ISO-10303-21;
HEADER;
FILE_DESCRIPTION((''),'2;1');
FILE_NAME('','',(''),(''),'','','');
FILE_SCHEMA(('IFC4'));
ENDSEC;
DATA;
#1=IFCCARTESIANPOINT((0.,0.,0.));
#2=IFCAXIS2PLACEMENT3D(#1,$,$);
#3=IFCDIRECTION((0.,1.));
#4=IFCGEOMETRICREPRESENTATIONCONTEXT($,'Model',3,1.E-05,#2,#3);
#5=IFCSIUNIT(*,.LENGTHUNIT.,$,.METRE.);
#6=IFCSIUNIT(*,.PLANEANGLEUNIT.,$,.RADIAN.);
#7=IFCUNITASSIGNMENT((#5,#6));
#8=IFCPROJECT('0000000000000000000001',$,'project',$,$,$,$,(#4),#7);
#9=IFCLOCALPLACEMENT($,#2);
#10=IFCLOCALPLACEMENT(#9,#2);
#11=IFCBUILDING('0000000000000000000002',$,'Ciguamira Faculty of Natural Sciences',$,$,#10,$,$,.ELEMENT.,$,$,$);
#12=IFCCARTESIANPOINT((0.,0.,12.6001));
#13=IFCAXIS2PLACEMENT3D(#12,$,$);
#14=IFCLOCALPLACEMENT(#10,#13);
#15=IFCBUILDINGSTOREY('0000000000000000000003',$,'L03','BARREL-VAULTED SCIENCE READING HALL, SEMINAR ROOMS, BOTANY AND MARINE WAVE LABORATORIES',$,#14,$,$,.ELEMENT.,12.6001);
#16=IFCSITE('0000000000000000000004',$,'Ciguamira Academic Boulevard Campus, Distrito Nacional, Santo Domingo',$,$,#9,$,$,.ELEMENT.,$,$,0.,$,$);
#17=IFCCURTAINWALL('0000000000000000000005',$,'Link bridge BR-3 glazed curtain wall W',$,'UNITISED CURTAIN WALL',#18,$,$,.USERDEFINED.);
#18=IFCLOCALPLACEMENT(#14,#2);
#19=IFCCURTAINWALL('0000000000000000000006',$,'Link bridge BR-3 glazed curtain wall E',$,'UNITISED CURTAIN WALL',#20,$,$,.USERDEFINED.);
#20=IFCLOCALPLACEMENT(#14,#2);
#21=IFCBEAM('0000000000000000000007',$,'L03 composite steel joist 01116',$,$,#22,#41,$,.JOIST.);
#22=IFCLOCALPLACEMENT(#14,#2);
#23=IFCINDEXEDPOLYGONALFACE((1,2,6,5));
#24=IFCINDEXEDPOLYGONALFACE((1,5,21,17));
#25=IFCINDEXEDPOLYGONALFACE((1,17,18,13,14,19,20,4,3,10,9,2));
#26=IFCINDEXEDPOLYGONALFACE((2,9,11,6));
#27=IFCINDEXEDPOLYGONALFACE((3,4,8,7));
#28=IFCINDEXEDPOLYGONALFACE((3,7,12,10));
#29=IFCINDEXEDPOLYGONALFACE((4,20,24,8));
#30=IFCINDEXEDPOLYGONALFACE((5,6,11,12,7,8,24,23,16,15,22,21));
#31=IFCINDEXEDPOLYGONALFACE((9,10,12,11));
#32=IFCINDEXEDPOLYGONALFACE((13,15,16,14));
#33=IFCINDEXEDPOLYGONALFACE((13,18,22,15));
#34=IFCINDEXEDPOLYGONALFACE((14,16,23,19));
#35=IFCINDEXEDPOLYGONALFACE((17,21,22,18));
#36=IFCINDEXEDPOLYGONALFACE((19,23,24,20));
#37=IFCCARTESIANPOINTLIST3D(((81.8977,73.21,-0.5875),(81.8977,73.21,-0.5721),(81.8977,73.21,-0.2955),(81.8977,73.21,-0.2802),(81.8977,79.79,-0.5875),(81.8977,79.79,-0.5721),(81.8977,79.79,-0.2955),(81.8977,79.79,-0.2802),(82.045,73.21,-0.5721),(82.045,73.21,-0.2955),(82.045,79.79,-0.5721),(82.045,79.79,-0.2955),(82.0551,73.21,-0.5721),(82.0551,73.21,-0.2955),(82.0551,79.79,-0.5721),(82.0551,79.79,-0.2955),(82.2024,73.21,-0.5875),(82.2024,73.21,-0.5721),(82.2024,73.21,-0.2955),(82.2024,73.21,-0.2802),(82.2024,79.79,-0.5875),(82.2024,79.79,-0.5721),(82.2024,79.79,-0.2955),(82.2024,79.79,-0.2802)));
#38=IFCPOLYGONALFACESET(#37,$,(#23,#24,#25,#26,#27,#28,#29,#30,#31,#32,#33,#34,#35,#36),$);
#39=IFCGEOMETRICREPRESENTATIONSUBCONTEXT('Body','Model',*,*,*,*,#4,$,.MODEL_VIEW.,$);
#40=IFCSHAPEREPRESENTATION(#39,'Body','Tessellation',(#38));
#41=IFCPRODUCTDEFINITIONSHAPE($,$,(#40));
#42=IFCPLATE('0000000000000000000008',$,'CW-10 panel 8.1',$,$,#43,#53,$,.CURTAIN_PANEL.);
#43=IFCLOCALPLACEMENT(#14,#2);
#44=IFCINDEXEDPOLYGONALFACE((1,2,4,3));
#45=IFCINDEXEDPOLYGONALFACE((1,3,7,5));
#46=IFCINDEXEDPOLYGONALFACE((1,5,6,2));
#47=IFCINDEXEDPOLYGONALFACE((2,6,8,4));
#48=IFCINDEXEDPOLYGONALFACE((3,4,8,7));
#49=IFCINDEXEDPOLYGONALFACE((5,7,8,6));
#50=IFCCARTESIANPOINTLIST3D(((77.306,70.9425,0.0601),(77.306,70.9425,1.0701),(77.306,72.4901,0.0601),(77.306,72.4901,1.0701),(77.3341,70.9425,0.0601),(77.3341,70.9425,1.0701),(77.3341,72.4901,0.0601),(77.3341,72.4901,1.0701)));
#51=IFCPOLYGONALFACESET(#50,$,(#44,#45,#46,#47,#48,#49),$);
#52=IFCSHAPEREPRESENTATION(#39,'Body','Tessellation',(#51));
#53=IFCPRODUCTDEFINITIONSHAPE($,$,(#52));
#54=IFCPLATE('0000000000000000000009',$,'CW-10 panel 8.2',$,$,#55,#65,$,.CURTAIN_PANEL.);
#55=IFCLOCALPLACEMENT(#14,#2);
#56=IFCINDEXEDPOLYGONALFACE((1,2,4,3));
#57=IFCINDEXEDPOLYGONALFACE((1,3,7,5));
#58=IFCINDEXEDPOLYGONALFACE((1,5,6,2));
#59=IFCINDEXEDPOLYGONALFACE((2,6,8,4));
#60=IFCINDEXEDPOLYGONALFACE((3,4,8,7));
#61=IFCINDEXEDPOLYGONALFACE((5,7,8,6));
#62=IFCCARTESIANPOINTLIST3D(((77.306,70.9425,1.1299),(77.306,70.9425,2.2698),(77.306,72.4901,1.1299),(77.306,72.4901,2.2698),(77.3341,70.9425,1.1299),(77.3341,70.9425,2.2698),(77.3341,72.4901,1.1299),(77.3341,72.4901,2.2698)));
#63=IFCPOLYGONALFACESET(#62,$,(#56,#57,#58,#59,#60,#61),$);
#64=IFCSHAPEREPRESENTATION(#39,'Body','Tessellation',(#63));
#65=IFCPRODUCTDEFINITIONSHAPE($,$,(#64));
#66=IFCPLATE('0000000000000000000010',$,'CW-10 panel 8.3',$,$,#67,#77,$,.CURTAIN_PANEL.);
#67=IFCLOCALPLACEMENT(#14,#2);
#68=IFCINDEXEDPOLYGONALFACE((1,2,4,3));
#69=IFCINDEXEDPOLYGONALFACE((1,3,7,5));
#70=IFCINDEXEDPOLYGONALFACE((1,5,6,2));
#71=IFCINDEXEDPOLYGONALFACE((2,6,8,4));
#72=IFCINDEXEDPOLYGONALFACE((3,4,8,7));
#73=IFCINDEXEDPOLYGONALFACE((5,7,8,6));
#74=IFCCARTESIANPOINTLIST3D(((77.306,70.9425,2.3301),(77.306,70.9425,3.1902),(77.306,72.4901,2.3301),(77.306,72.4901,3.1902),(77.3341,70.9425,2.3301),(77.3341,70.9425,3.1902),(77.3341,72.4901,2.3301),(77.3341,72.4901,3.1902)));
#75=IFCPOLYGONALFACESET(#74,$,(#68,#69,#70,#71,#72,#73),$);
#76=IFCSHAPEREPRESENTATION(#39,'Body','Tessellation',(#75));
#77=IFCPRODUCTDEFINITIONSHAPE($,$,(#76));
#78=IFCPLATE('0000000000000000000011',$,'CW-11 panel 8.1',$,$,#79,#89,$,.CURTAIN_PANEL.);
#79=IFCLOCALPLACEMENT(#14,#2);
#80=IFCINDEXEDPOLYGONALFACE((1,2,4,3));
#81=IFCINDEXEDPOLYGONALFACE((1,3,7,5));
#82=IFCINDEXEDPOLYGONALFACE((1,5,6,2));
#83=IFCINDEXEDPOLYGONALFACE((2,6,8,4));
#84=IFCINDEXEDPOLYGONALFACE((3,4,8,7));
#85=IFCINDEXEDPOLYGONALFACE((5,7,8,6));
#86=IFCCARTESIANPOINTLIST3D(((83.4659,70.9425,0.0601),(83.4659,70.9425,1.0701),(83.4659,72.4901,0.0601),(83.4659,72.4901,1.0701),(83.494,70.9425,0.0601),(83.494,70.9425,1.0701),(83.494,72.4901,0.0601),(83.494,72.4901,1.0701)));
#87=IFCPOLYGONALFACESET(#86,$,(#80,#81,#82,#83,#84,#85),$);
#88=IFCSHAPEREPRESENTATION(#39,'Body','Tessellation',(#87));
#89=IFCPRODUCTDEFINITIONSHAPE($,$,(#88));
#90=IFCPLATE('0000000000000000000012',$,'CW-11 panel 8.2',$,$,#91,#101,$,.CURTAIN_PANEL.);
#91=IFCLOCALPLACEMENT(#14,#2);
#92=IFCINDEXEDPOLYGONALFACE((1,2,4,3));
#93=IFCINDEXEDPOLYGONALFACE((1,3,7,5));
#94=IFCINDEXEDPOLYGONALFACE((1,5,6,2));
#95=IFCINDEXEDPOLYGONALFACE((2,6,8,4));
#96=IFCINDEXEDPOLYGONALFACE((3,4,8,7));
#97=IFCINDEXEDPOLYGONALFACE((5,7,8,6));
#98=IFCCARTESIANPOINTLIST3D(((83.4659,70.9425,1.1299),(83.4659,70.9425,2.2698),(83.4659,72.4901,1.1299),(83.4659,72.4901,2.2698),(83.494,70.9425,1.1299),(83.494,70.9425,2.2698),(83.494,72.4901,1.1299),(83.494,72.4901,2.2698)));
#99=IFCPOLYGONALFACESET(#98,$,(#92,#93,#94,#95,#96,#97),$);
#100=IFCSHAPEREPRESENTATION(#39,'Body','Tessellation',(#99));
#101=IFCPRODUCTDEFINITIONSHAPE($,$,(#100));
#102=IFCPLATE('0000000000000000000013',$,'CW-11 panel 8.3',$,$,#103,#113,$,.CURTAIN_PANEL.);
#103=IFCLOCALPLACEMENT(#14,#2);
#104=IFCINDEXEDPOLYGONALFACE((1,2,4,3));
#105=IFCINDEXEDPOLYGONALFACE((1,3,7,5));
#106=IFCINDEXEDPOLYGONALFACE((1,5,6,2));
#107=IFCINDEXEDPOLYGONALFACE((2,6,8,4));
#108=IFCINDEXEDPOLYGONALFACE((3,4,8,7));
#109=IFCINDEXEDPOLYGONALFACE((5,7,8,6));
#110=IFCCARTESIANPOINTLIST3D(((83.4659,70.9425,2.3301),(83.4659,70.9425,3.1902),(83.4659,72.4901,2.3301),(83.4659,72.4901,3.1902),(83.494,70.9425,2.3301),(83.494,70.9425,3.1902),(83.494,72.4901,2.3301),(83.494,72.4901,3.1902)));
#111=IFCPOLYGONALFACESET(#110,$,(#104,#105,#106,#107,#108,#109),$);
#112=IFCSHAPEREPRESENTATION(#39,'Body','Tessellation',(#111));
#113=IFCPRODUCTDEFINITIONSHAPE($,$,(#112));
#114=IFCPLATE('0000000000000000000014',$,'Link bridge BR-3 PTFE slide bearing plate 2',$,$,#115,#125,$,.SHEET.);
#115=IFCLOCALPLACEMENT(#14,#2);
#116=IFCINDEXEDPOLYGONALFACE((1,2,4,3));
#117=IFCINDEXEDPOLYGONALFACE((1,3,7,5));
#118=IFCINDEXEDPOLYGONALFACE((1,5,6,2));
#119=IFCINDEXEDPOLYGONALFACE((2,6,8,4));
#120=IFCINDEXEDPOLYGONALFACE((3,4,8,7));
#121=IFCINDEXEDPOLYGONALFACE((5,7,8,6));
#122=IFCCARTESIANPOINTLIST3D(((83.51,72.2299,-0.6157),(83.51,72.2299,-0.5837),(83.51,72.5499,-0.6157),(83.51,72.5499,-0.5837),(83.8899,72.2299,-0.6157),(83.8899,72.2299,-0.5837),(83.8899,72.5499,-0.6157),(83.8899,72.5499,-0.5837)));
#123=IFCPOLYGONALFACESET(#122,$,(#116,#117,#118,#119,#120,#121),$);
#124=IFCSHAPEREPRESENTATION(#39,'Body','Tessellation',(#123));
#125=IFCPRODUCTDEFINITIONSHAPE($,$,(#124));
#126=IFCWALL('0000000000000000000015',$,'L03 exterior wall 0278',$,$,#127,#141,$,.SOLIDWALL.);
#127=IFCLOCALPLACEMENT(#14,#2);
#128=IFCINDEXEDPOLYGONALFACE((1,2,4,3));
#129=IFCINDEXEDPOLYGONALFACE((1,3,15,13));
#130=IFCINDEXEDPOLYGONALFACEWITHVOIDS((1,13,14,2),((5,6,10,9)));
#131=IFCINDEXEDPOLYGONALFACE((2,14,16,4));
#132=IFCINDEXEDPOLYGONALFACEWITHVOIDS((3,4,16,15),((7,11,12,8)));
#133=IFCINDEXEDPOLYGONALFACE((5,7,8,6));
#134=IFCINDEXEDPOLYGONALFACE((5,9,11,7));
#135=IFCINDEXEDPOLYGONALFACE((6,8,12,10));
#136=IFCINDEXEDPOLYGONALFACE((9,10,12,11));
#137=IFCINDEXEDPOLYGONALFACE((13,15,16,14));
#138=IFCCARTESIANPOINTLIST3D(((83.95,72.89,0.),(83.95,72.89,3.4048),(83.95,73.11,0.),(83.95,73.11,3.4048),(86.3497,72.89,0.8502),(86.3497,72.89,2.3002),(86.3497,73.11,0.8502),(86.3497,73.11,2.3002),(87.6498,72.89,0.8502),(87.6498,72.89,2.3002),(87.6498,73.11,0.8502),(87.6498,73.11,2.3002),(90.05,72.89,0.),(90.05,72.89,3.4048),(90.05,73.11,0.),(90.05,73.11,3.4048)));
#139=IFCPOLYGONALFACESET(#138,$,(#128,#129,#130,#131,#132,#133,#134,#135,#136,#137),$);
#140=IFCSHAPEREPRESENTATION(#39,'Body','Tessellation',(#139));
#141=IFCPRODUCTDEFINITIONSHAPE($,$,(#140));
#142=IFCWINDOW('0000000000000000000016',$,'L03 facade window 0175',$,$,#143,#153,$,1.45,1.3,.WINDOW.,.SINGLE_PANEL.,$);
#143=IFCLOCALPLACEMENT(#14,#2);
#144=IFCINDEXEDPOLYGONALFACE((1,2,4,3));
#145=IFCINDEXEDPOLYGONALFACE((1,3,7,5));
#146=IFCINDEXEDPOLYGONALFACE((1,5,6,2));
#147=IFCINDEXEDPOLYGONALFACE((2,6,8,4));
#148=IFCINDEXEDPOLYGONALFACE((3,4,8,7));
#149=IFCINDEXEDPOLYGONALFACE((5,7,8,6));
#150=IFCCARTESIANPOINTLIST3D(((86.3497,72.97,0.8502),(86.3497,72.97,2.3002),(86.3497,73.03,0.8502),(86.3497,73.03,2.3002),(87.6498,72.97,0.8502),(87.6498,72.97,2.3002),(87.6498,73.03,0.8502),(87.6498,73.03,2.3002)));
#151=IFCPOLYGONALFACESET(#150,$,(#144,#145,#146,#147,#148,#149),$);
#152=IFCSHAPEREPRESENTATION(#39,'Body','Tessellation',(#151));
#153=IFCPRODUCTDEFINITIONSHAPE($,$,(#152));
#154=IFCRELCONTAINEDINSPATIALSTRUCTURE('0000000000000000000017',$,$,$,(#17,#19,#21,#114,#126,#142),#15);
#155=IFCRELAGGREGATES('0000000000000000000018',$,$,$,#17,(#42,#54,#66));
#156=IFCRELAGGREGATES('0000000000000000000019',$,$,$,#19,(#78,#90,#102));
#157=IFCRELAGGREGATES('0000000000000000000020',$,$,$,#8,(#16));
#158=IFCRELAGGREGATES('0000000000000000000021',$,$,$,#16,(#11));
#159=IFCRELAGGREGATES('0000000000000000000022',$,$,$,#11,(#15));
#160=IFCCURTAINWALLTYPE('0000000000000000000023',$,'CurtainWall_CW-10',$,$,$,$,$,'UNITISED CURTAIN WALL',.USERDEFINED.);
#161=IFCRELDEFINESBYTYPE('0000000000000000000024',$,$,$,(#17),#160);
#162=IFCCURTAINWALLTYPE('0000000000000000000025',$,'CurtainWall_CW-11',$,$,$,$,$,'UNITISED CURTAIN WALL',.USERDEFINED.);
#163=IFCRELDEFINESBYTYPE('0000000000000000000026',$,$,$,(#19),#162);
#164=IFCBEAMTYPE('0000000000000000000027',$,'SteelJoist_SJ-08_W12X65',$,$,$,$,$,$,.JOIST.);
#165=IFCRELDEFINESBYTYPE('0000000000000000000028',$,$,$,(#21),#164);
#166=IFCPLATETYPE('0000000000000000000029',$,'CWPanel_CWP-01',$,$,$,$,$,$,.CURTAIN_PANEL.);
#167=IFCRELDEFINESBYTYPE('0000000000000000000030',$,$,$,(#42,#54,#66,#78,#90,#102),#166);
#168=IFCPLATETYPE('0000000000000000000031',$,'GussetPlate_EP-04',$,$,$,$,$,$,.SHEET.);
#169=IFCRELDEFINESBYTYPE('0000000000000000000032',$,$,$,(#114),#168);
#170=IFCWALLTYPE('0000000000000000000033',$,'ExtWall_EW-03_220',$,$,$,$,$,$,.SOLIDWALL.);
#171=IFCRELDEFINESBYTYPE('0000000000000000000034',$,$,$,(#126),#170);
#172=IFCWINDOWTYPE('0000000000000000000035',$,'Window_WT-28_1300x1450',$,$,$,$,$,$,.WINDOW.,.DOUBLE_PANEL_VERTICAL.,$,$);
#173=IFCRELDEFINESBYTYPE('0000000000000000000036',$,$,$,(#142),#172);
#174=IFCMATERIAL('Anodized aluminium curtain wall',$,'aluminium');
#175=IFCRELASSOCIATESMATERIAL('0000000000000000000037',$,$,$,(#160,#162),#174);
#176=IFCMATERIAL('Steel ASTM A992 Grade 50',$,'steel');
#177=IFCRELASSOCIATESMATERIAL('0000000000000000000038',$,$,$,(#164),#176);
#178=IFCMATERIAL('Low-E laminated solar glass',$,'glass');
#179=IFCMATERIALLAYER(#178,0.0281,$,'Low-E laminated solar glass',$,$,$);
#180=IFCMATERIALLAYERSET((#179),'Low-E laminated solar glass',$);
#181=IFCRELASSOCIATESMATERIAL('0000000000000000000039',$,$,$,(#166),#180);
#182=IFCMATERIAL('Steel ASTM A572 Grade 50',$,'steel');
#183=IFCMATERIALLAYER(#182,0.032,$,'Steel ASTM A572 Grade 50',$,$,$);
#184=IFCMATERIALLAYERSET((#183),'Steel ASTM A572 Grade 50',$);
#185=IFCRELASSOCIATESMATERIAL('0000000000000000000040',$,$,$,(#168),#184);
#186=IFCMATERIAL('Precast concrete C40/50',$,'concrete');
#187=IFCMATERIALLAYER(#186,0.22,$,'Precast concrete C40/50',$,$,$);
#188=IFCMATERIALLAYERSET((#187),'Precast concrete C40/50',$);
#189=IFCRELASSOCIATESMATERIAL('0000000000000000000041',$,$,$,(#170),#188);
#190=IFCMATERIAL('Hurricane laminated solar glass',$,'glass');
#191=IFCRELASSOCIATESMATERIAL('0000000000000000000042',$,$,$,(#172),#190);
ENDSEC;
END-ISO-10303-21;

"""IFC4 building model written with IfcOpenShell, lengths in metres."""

from ifc_helpers import new_model, si_unit, direction, frame, frame_2d, origin, origin_2d, place, context, subcontext, project, spatial, rectangle, i_section, extrude, material, layer, layer_set, material_profile, profile_set, type_object, element, fill, aggregate, save


model = new_model("IFC4")

# Units and contexts
model_context = context("Model", 3, precision=1e-05, world=origin(), true_north=direction((0.0, 1.0)))
body_context = subcontext(model_context, "Body", "Model", "MODEL_VIEW")
ifc_project = project(units=[si_unit("LENGTHUNIT", "METRE"), si_unit("PLANEANGLEUNIT", "RADIAN")], contexts=[model_context])

# Site, building, storey
site_placement = place(None, origin())
site = spatial("IfcSite", under=ifc_project, at=site_placement, Name="Ciguamira Academic Boulevard Campus, Distrito Nacional, Santo Domingo", CompositionType="ELEMENT", RefElevation=0.0)
building_placement = place(site_placement, origin())
building = spatial("IfcBuilding", under=site, at=building_placement, Name="Ciguamira Faculty of Natural Sciences", CompositionType="ELEMENT")
storey_placement = place(building_placement, frame((0.0, 0.0, 12.6001)))
storey = spatial("IfcBuildingStorey", under=building, at=storey_placement, Name="L03", Description="BARREL-VAULTED SCIENCE READING HALL, SEMINAR ROOMS, BOTANY AND MARINE WAVE LABORATORIES", CompositionType="ELEMENT", Elevation=12.6001)

# Curtain wall
ifc_material_1 = material(Name="Anodized aluminium curtain wall", Category="aluminium")
curtain_wall_type_1 = type_object("IfcCurtainWallType", Name="CurtainWall_CW-10", ElementType="UNITISED CURTAIN WALL", PredefinedType="USERDEFINED", material=ifc_material_1)
curtain_wall_1_placement = place(storey_placement, origin())
curtain_wall_1 = element("IfcCurtainWall", 1, at=curtain_wall_1_placement, inside=storey, type_object=curtain_wall_type_1, Name="Link bridge BR-3 glazed curtain wall W", ObjectType="UNITISED CURTAIN WALL", PredefinedType="USERDEFINED")

# Curtain wall
curtain_wall_type_2 = type_object("IfcCurtainWallType", Name="CurtainWall_CW-11", ElementType="UNITISED CURTAIN WALL", PredefinedType="USERDEFINED", material=ifc_material_1)
curtain_wall_2_placement = place(storey_placement, origin())
curtain_wall_2 = element("IfcCurtainWall", 2, at=curtain_wall_2_placement, inside=storey, type_object=curtain_wall_type_2, Name="Link bridge BR-3 glazed curtain wall E", ObjectType="UNITISED CURTAIN WALL", PredefinedType="USERDEFINED")

# Beam
ifc_material_2 = material(Name="Steel ASTM A992 Grade 50", Category="steel")
ifc_material_profile_1 = material_profile(ifc_material_2, i_section(OverallWidth=0.3047, OverallDepth=0.3074, WebThickness=0.01, FlangeThickness=0.0154, at=origin_2d()), Name="W12X65")
ifc_profile_set_1 = profile_set([ifc_material_profile_1], Name="Steel ASTM A992 Grade 50")
beam_type_1 = type_object("IfcBeamType", Name="SteelJoist_SJ-08_W12X65", PredefinedType="JOIST", material=ifc_profile_set_1)
beam_1_placement = place(storey_placement, frame((82.05, 73.21, -0.4338), z_axis=(0.0, 1.0, 0.0), x_axis=(-1.0, 0.0, 0.0)))
element("IfcBeam", 3, at=beam_1_placement, inside=storey, type_object=beam_type_1, Name="L03 composite steel joist 01116", PredefinedType="JOIST", context=body_context, shape_type="SweptSolid", body=[
    extrude(i_section(OverallWidth=0.3047, OverallDepth=0.3074, WebThickness=0.01, FlangeThickness=0.0154, at=origin_2d()), origin(), (0.0, 0.0, 1.0), 6.5801),
])

# Plates
ifc_material_3 = material(Name="Low-E laminated solar glass", Category="glass")
ifc_layer_1 = layer(ifc_material_3, 0.0281, Name="Low-E laminated solar glass")
ifc_layer_set_1 = layer_set([ifc_layer_1], Name="Low-E laminated solar glass")
plate_type_1 = type_object("IfcPlateType", Name="CWPanel_CWP-01", PredefinedType="CURTAIN_PANEL", material=ifc_layer_set_1)
plate_1_placement = place(storey_placement, frame((77.3201, 71.7163, 0.0601), z_axis=(0.0, 0.0, 1.0), x_axis=(0.0, 1.0, 0.0)))
plate_1 = element("IfcPlate", 4, at=plate_1_placement, type_object=plate_type_1, Name="CW-10 panel 8.1", PredefinedType="CURTAIN_PANEL", context=body_context, shape_type="SweptSolid", body=[
    extrude(rectangle(XDim=1.5476, YDim=0.0281, at=origin_2d()), origin(), (0.0, 0.0, 1.0), 1.01),
])
plate_2_placement = place(storey_placement, frame((77.3201, 71.7163, 1.1299), z_axis=(0.0, 0.0, 1.0), x_axis=(0.0, 1.0, 0.0)))
plate_2 = element("IfcPlate", 5, at=plate_2_placement, type_object=plate_type_1, Name="CW-10 panel 8.2", PredefinedType="CURTAIN_PANEL", context=body_context, shape_type="SweptSolid", body=[
    extrude(rectangle(XDim=1.5476, YDim=0.0281, at=origin_2d()), origin(), (0.0, 0.0, 1.0), 1.1399),
])
plate_3_placement = place(storey_placement, frame((77.3201, 71.7163, 2.3301), z_axis=(0.0, 0.0, 1.0), x_axis=(0.0, 1.0, 0.0)))
plate_3 = element("IfcPlate", 6, at=plate_3_placement, type_object=plate_type_1, Name="CW-10 panel 8.3", PredefinedType="CURTAIN_PANEL", context=body_context, shape_type="SweptSolid", body=[
    extrude(rectangle(XDim=1.5476, YDim=0.0281, at=origin_2d()), origin(), (0.0, 0.0, 1.0), 0.8601),
])
aggregate(curtain_wall_1, [plate_1, plate_2, plate_3])
plate_4_placement = place(storey_placement, frame((83.48, 71.7163, 0.0601), z_axis=(0.0, 0.0, 1.0), x_axis=(0.0, 1.0, 0.0)))
plate_4 = element("IfcPlate", 7, at=plate_4_placement, type_object=plate_type_1, Name="CW-11 panel 8.1", PredefinedType="CURTAIN_PANEL", context=body_context, shape_type="SweptSolid", body=[
    extrude(rectangle(XDim=1.5476, YDim=0.0281, at=origin_2d()), origin(), (0.0, 0.0, 1.0), 1.01),
])
plate_5_placement = place(storey_placement, frame((83.48, 71.7163, 1.1299), z_axis=(0.0, 0.0, 1.0), x_axis=(0.0, 1.0, 0.0)))
plate_5 = element("IfcPlate", 8, at=plate_5_placement, type_object=plate_type_1, Name="CW-11 panel 8.2", PredefinedType="CURTAIN_PANEL", context=body_context, shape_type="SweptSolid", body=[
    extrude(rectangle(XDim=1.5476, YDim=0.0281, at=origin_2d()), origin(), (0.0, 0.0, 1.0), 1.1399),
])
plate_6_placement = place(storey_placement, frame((83.48, 71.7163, 2.3301), z_axis=(0.0, 0.0, 1.0), x_axis=(0.0, 1.0, 0.0)))
plate_6 = element("IfcPlate", 9, at=plate_6_placement, type_object=plate_type_1, Name="CW-11 panel 8.3", PredefinedType="CURTAIN_PANEL", context=body_context, shape_type="SweptSolid", body=[
    extrude(rectangle(XDim=1.5476, YDim=0.0281, at=origin_2d()), origin(), (0.0, 0.0, 1.0), 0.8601),
])
aggregate(curtain_wall_2, [plate_4, plate_5, plate_6])
ifc_material_4 = material(Name="Steel ASTM A572 Grade 50", Category="steel")
ifc_layer_2 = layer(ifc_material_4, 0.032, Name="Steel ASTM A572 Grade 50")
ifc_layer_set_2 = layer_set([ifc_layer_2], Name="Steel ASTM A572 Grade 50")
plate_type_2 = type_object("IfcPlateType", Name="GussetPlate_EP-04", PredefinedType="SHEET", material=ifc_layer_set_2)
plate_7_placement = place(storey_placement, frame((83.7, 72.3899, -0.6157), z_axis=(0.0, 0.0, 1.0), x_axis=(1.0, 0.0, 0.0)))
element("IfcPlate", 10, at=plate_7_placement, inside=storey, type_object=plate_type_2, Name="Link bridge BR-3 PTFE slide bearing plate 2", PredefinedType="SHEET", context=body_context, shape_type="SweptSolid", body=[
    extrude(rectangle(XDim=0.3799, YDim=0.3201, at=origin_2d()), origin(), (0.0, 0.0, 1.0), 0.032),
])

# Shared definitions
ifc_material_5 = material(Name="Precast concrete C40/50", Category="concrete")
ifc_layer_3 = layer(ifc_material_5, 0.22, Name="Precast concrete C40/50")
ifc_layer_set_3 = layer_set([ifc_layer_3], Name="Precast concrete C40/50")
wall_type = type_object("IfcWallType", Name="ExtWall_EW-03_220", PredefinedType="SOLIDWALL", material=ifc_layer_set_3)

# Wall, opening, window
wall_1_placement = place(storey_placement, frame((83.95, 73.0, 0.0), z_axis=(0.0, 0.0, 1.0), x_axis=(1.0, 0.0, 0.0)))
wall_1 = element("IfcWall", 11, at=wall_1_placement, inside=storey, type_object=wall_type, Name="L03 exterior wall 0278", PredefinedType="SOLIDWALL", context=body_context, shape_type="SweptSolid", body=[
    extrude(rectangle(XDim=6.1001, YDim=0.22, at=frame_2d((3.05, 0.0))), origin(), (0.0, 0.0, 1.0), 3.4048),
])
opening_1_placement = place(wall_1_placement, frame((2.3999, 0.0, 0.8501)))
opening_1 = element("IfcOpeningElement", 12, at=opening_1_placement, cuts=wall_1, PredefinedType="OPENING", context=body_context, shape_type="SweptSolid", body=[
    extrude(rectangle(XDim=1.3, YDim=1.45, at=frame_2d((0.6499, 0.7251))), frame((0.0, 0.1199, 0.0), z_axis=(0.0, -1.0, 0.0), x_axis=(1.0, 0.0, 0.0)), (0.0, 0.0, 1.0), 0.24),
])
ifc_material_6 = material(Name="Hurricane laminated solar glass", Category="glass")
window_type = type_object("IfcWindowType", Name="Window_WT-28_1300x1450", PartitioningType="DOUBLE_PANEL_VERTICAL", PredefinedType="WINDOW", material=ifc_material_6)
window_placement = place(opening_1_placement, origin())
window = element("IfcWindow", 13, at=window_placement, inside=storey, type_object=window_type, Name="L03 facade window 0175", OverallHeight=1.45, OverallWidth=1.3, PartitioningType="SINGLE_PANEL", PredefinedType="WINDOW", context=body_context, shape_type="SweptSolid", body=[
    extrude(rectangle(XDim=1.3, YDim=1.45, at=frame_2d((0.6499, 0.7251))), frame((0.0, 0.03, 0.0), z_axis=(0.0, -1.0, 0.0), x_axis=(1.0, 0.0, 0.0)), (0.0, 0.0, 1.0), 0.0601),
])
fill(opening_1, window)

save(model, "model.ifc")
